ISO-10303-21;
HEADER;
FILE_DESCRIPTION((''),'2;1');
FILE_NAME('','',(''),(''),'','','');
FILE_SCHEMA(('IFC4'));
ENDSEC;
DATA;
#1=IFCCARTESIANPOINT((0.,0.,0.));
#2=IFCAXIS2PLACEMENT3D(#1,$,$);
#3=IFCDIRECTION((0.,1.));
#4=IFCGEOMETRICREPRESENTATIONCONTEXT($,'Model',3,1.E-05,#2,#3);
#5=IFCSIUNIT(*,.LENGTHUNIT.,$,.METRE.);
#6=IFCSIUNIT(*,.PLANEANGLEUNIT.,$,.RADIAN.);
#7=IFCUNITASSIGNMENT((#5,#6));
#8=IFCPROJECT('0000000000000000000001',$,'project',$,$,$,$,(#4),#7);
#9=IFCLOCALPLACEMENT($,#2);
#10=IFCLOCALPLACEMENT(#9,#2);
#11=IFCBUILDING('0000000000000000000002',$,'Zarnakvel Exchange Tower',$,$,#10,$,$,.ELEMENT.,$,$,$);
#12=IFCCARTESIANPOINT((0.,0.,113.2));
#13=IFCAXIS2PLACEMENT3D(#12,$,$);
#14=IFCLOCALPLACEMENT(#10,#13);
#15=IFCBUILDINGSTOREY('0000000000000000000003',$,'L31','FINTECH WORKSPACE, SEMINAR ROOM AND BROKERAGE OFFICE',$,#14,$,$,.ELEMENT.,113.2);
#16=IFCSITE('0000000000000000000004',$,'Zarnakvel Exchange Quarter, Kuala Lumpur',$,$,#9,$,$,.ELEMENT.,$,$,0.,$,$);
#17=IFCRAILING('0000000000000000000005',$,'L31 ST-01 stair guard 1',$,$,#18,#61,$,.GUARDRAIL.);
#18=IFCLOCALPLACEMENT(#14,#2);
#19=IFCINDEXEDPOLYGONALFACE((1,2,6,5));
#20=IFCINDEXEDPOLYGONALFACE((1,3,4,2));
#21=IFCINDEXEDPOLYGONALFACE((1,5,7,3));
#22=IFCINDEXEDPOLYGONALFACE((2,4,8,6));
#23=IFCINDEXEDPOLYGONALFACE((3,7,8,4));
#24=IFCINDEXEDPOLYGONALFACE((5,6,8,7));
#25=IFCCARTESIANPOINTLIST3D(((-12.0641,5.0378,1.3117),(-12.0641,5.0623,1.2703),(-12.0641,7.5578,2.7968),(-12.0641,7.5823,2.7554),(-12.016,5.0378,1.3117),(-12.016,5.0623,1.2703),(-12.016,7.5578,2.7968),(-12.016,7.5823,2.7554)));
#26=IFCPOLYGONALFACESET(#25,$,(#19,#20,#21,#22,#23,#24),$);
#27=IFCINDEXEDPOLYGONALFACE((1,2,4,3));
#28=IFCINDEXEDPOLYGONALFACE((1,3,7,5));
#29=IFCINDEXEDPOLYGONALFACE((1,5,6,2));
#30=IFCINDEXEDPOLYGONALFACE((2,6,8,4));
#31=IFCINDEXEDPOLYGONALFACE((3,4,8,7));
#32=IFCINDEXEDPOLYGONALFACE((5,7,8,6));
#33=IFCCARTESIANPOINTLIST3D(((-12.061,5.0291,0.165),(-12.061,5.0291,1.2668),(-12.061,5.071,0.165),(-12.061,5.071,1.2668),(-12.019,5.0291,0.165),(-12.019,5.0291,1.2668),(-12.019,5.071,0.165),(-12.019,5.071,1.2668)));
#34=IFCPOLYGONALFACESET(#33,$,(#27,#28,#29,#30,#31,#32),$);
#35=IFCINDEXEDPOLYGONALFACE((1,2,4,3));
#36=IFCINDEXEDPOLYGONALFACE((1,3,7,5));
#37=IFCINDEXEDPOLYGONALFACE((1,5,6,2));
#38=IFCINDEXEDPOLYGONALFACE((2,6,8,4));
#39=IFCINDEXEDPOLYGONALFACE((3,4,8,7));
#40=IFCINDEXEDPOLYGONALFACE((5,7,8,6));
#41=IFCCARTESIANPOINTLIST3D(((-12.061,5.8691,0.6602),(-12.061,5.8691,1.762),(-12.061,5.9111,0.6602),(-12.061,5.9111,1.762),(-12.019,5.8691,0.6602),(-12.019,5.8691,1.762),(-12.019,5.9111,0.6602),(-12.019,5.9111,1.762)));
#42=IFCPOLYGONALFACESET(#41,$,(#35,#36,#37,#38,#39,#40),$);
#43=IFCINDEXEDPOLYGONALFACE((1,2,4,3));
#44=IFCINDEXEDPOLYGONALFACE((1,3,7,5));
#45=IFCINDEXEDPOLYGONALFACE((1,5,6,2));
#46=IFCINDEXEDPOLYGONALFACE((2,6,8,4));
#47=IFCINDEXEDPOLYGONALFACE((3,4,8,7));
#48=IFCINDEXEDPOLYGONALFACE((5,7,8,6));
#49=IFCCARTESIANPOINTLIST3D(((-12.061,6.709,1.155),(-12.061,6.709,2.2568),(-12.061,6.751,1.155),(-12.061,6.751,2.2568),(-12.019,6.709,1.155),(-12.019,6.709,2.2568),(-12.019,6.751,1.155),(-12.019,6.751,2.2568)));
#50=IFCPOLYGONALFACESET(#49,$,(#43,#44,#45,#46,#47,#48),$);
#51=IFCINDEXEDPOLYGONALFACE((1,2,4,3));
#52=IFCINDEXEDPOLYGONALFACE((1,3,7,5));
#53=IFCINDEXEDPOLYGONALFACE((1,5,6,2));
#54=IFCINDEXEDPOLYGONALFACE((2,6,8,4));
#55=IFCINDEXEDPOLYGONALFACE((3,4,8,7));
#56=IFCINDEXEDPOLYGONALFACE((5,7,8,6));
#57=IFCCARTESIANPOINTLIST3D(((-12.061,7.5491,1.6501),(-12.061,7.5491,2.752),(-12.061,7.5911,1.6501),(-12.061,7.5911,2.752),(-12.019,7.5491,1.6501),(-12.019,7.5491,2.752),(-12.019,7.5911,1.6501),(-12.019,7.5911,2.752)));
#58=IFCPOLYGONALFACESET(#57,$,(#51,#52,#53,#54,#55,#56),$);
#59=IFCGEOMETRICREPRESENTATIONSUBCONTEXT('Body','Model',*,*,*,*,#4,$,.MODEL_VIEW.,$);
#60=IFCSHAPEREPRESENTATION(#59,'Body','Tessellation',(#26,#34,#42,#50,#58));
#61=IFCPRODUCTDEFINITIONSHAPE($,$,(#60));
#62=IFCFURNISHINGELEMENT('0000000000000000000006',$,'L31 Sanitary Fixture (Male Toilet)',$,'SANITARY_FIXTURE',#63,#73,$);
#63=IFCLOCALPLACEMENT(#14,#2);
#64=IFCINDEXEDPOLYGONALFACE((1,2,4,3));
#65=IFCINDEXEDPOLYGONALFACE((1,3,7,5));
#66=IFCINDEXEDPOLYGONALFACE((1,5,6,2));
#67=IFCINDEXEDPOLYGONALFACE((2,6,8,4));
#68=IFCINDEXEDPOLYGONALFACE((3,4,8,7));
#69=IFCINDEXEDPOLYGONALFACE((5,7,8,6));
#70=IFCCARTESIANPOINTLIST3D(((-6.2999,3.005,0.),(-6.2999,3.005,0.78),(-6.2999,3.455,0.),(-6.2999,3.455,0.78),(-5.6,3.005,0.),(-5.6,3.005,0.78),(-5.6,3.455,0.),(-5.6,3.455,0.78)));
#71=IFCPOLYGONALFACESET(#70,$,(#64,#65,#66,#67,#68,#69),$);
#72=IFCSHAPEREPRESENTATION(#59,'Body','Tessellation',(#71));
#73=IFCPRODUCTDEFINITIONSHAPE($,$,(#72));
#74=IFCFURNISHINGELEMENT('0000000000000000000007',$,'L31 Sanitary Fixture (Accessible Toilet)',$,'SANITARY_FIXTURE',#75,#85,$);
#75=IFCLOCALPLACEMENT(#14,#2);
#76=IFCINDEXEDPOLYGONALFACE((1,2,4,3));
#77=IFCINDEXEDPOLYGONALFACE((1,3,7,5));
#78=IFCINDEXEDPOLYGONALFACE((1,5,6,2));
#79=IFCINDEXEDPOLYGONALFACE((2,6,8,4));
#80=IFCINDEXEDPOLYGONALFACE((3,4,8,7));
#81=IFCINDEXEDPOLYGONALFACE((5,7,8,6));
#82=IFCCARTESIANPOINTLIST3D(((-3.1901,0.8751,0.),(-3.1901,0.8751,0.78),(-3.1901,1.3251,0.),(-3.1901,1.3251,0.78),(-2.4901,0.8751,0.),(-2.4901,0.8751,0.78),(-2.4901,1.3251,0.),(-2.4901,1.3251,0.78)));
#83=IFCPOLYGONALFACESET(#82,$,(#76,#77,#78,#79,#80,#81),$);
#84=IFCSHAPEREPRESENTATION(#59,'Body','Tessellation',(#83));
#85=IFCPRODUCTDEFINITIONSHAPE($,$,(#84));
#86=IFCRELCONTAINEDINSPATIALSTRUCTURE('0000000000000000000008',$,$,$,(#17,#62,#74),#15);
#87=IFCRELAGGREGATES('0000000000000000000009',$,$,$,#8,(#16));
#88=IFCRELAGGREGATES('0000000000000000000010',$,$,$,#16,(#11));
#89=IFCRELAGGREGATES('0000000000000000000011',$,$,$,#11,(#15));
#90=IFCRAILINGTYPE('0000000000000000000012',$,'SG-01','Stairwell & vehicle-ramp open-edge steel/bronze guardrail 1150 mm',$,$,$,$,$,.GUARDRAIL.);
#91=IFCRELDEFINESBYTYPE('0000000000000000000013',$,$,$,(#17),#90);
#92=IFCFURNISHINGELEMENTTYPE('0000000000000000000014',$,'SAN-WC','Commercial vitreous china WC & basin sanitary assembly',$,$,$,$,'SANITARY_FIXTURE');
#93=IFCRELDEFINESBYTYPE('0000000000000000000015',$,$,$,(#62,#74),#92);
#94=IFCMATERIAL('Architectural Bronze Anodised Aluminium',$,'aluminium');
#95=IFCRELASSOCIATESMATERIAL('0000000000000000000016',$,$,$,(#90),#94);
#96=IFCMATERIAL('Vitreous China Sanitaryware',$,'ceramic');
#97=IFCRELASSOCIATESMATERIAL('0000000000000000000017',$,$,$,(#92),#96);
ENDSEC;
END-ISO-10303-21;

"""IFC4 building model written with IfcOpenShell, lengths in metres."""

from ifc_helpers import new_model, si_unit, direction, frame, origin, origin_2d, place, context, subcontext, project, spatial, rectangle, extrude, source, transform, mapped, material, type_object, element, save


model = new_model("IFC4")

# Units and contexts
model_context = context("Model", 3, precision=1e-05, world=origin(), true_north=direction((0.0, 1.0)))
body_context = subcontext(model_context, "Body", "Model", "MODEL_VIEW")
ifc_project = project(units=[si_unit("LENGTHUNIT", "METRE"), si_unit("PLANEANGLEUNIT", "RADIAN")], contexts=[model_context])

# Site, building, storey
site_placement = place(None, origin())
site = spatial("IfcSite", under=ifc_project, at=site_placement, Name="Zarnakvel Exchange Quarter, Kuala Lumpur", CompositionType="ELEMENT", RefElevation=0.0)
building_placement = place(site_placement, origin())
building = spatial("IfcBuilding", under=site, at=building_placement, Name="Zarnakvel Exchange Tower", CompositionType="ELEMENT")
storey_placement = place(building_placement, frame((0.0, 0.0, 113.2)))
storey = spatial("IfcBuildingStorey", under=building, at=storey_placement, Name="L31", Description="FINTECH WORKSPACE, SEMINAR ROOM AND BROKERAGE OFFICE", CompositionType="ELEMENT", Elevation=113.2)

# Shared definitions
ifc_material_1 = material(Name="Architectural Bronze Anodised Aluminium", Category="aluminium")

# Railing
railing_type_1 = type_object("IfcRailingType", Name="SG-01", Description="Stairwell & vehicle-ramp open-edge steel/bronze guardrail 1150 mm", PredefinedType="GUARDRAIL", material=ifc_material_1)
railing_1_placement = place(storey_placement, frame((-12.04, 5.05, 0.165)))
element("IfcRailing", 1, at=railing_1_placement, inside=storey, type_object=railing_type_1, Name="L31 ST-01 stair guard 1", PredefinedType="GUARDRAIL", context=body_context, shape_type="SweptSolid", body=[
    extrude(rectangle(XDim=0.0481, YDim=0.0481, at=origin_2d()), frame((0.0, 0.0, 1.126), z_axis=(0.0, 0.861524, 0.507717), x_axis=(-1.0, 0.0, 0.0)), (0.0, 0.0, 1.0), 2.925),
    extrude(rectangle(XDim=0.042, YDim=0.042, at=origin_2d()), origin(), (0.0, 0.0, 1.0), 1.1018),
    extrude(rectangle(XDim=0.042, YDim=0.042, at=origin_2d()), frame((0.0, 0.8401, 0.4951)), (0.0, 0.0, 1.0), 1.1018),
    extrude(rectangle(XDim=0.042, YDim=0.042, at=origin_2d()), frame((0.0, 1.6799, 0.99)), (0.0, 0.0, 1.0), 1.1018),
    extrude(rectangle(XDim=0.042, YDim=0.042, at=origin_2d()), frame((0.0, 2.52, 1.4851)), (0.0, 0.0, 1.0), 1.1018),
])

# Furnishing elements
ifc_material_2 = material(Name="Vitreous China Sanitaryware", Category="ceramic")
furnishing_element_type = type_object("IfcFurnishingElementType", Name="SAN-WC", Description="Commercial vitreous china WC & basin sanitary assembly", ElementType="SANITARY_FIXTURE", material=ifc_material_2)
shared_shape_1 = source(origin(), body_context, "Body", "SweptSolid", [
    extrude(rectangle(XDim=0.7, YDim=0.45, at=origin_2d()), origin(), (0.0, 0.0, 1.0), 0.78),
])
for number, where, z_axis, x_axis, name in (
    (2, (-5.95, 3.23, 0.0), (0.0, 0.0, 1.0), (1.0, 0.0, 0.0), "L31 Sanitary Fixture (Male Toilet)"),
    (3, (-2.8401, 1.1001, 0.0), (0.0, 0.0, 1.0), (1.0, 0.0, 0.0), "L31 Sanitary Fixture (Accessible Toilet)"),
):
    element("IfcFurnishingElement", number, at=place(storey_placement, frame(where, z_axis=z_axis, x_axis=x_axis)), inside=storey, type_object=furnishing_element_type, Name=name, ObjectType="SANITARY_FIXTURE", context=body_context, shape_type="MappedRepresentation", body=[
        mapped(shared_shape_1, transform((0.0, 0.0, 0.0), x_axis=(1.0, 0.0, 0.0), y_axis=(0.0, 1.0, 0.0), z_axis=(0.0, 0.0, 1.0), scale=1.0)),
    ])

save(model, "model.ifc")
